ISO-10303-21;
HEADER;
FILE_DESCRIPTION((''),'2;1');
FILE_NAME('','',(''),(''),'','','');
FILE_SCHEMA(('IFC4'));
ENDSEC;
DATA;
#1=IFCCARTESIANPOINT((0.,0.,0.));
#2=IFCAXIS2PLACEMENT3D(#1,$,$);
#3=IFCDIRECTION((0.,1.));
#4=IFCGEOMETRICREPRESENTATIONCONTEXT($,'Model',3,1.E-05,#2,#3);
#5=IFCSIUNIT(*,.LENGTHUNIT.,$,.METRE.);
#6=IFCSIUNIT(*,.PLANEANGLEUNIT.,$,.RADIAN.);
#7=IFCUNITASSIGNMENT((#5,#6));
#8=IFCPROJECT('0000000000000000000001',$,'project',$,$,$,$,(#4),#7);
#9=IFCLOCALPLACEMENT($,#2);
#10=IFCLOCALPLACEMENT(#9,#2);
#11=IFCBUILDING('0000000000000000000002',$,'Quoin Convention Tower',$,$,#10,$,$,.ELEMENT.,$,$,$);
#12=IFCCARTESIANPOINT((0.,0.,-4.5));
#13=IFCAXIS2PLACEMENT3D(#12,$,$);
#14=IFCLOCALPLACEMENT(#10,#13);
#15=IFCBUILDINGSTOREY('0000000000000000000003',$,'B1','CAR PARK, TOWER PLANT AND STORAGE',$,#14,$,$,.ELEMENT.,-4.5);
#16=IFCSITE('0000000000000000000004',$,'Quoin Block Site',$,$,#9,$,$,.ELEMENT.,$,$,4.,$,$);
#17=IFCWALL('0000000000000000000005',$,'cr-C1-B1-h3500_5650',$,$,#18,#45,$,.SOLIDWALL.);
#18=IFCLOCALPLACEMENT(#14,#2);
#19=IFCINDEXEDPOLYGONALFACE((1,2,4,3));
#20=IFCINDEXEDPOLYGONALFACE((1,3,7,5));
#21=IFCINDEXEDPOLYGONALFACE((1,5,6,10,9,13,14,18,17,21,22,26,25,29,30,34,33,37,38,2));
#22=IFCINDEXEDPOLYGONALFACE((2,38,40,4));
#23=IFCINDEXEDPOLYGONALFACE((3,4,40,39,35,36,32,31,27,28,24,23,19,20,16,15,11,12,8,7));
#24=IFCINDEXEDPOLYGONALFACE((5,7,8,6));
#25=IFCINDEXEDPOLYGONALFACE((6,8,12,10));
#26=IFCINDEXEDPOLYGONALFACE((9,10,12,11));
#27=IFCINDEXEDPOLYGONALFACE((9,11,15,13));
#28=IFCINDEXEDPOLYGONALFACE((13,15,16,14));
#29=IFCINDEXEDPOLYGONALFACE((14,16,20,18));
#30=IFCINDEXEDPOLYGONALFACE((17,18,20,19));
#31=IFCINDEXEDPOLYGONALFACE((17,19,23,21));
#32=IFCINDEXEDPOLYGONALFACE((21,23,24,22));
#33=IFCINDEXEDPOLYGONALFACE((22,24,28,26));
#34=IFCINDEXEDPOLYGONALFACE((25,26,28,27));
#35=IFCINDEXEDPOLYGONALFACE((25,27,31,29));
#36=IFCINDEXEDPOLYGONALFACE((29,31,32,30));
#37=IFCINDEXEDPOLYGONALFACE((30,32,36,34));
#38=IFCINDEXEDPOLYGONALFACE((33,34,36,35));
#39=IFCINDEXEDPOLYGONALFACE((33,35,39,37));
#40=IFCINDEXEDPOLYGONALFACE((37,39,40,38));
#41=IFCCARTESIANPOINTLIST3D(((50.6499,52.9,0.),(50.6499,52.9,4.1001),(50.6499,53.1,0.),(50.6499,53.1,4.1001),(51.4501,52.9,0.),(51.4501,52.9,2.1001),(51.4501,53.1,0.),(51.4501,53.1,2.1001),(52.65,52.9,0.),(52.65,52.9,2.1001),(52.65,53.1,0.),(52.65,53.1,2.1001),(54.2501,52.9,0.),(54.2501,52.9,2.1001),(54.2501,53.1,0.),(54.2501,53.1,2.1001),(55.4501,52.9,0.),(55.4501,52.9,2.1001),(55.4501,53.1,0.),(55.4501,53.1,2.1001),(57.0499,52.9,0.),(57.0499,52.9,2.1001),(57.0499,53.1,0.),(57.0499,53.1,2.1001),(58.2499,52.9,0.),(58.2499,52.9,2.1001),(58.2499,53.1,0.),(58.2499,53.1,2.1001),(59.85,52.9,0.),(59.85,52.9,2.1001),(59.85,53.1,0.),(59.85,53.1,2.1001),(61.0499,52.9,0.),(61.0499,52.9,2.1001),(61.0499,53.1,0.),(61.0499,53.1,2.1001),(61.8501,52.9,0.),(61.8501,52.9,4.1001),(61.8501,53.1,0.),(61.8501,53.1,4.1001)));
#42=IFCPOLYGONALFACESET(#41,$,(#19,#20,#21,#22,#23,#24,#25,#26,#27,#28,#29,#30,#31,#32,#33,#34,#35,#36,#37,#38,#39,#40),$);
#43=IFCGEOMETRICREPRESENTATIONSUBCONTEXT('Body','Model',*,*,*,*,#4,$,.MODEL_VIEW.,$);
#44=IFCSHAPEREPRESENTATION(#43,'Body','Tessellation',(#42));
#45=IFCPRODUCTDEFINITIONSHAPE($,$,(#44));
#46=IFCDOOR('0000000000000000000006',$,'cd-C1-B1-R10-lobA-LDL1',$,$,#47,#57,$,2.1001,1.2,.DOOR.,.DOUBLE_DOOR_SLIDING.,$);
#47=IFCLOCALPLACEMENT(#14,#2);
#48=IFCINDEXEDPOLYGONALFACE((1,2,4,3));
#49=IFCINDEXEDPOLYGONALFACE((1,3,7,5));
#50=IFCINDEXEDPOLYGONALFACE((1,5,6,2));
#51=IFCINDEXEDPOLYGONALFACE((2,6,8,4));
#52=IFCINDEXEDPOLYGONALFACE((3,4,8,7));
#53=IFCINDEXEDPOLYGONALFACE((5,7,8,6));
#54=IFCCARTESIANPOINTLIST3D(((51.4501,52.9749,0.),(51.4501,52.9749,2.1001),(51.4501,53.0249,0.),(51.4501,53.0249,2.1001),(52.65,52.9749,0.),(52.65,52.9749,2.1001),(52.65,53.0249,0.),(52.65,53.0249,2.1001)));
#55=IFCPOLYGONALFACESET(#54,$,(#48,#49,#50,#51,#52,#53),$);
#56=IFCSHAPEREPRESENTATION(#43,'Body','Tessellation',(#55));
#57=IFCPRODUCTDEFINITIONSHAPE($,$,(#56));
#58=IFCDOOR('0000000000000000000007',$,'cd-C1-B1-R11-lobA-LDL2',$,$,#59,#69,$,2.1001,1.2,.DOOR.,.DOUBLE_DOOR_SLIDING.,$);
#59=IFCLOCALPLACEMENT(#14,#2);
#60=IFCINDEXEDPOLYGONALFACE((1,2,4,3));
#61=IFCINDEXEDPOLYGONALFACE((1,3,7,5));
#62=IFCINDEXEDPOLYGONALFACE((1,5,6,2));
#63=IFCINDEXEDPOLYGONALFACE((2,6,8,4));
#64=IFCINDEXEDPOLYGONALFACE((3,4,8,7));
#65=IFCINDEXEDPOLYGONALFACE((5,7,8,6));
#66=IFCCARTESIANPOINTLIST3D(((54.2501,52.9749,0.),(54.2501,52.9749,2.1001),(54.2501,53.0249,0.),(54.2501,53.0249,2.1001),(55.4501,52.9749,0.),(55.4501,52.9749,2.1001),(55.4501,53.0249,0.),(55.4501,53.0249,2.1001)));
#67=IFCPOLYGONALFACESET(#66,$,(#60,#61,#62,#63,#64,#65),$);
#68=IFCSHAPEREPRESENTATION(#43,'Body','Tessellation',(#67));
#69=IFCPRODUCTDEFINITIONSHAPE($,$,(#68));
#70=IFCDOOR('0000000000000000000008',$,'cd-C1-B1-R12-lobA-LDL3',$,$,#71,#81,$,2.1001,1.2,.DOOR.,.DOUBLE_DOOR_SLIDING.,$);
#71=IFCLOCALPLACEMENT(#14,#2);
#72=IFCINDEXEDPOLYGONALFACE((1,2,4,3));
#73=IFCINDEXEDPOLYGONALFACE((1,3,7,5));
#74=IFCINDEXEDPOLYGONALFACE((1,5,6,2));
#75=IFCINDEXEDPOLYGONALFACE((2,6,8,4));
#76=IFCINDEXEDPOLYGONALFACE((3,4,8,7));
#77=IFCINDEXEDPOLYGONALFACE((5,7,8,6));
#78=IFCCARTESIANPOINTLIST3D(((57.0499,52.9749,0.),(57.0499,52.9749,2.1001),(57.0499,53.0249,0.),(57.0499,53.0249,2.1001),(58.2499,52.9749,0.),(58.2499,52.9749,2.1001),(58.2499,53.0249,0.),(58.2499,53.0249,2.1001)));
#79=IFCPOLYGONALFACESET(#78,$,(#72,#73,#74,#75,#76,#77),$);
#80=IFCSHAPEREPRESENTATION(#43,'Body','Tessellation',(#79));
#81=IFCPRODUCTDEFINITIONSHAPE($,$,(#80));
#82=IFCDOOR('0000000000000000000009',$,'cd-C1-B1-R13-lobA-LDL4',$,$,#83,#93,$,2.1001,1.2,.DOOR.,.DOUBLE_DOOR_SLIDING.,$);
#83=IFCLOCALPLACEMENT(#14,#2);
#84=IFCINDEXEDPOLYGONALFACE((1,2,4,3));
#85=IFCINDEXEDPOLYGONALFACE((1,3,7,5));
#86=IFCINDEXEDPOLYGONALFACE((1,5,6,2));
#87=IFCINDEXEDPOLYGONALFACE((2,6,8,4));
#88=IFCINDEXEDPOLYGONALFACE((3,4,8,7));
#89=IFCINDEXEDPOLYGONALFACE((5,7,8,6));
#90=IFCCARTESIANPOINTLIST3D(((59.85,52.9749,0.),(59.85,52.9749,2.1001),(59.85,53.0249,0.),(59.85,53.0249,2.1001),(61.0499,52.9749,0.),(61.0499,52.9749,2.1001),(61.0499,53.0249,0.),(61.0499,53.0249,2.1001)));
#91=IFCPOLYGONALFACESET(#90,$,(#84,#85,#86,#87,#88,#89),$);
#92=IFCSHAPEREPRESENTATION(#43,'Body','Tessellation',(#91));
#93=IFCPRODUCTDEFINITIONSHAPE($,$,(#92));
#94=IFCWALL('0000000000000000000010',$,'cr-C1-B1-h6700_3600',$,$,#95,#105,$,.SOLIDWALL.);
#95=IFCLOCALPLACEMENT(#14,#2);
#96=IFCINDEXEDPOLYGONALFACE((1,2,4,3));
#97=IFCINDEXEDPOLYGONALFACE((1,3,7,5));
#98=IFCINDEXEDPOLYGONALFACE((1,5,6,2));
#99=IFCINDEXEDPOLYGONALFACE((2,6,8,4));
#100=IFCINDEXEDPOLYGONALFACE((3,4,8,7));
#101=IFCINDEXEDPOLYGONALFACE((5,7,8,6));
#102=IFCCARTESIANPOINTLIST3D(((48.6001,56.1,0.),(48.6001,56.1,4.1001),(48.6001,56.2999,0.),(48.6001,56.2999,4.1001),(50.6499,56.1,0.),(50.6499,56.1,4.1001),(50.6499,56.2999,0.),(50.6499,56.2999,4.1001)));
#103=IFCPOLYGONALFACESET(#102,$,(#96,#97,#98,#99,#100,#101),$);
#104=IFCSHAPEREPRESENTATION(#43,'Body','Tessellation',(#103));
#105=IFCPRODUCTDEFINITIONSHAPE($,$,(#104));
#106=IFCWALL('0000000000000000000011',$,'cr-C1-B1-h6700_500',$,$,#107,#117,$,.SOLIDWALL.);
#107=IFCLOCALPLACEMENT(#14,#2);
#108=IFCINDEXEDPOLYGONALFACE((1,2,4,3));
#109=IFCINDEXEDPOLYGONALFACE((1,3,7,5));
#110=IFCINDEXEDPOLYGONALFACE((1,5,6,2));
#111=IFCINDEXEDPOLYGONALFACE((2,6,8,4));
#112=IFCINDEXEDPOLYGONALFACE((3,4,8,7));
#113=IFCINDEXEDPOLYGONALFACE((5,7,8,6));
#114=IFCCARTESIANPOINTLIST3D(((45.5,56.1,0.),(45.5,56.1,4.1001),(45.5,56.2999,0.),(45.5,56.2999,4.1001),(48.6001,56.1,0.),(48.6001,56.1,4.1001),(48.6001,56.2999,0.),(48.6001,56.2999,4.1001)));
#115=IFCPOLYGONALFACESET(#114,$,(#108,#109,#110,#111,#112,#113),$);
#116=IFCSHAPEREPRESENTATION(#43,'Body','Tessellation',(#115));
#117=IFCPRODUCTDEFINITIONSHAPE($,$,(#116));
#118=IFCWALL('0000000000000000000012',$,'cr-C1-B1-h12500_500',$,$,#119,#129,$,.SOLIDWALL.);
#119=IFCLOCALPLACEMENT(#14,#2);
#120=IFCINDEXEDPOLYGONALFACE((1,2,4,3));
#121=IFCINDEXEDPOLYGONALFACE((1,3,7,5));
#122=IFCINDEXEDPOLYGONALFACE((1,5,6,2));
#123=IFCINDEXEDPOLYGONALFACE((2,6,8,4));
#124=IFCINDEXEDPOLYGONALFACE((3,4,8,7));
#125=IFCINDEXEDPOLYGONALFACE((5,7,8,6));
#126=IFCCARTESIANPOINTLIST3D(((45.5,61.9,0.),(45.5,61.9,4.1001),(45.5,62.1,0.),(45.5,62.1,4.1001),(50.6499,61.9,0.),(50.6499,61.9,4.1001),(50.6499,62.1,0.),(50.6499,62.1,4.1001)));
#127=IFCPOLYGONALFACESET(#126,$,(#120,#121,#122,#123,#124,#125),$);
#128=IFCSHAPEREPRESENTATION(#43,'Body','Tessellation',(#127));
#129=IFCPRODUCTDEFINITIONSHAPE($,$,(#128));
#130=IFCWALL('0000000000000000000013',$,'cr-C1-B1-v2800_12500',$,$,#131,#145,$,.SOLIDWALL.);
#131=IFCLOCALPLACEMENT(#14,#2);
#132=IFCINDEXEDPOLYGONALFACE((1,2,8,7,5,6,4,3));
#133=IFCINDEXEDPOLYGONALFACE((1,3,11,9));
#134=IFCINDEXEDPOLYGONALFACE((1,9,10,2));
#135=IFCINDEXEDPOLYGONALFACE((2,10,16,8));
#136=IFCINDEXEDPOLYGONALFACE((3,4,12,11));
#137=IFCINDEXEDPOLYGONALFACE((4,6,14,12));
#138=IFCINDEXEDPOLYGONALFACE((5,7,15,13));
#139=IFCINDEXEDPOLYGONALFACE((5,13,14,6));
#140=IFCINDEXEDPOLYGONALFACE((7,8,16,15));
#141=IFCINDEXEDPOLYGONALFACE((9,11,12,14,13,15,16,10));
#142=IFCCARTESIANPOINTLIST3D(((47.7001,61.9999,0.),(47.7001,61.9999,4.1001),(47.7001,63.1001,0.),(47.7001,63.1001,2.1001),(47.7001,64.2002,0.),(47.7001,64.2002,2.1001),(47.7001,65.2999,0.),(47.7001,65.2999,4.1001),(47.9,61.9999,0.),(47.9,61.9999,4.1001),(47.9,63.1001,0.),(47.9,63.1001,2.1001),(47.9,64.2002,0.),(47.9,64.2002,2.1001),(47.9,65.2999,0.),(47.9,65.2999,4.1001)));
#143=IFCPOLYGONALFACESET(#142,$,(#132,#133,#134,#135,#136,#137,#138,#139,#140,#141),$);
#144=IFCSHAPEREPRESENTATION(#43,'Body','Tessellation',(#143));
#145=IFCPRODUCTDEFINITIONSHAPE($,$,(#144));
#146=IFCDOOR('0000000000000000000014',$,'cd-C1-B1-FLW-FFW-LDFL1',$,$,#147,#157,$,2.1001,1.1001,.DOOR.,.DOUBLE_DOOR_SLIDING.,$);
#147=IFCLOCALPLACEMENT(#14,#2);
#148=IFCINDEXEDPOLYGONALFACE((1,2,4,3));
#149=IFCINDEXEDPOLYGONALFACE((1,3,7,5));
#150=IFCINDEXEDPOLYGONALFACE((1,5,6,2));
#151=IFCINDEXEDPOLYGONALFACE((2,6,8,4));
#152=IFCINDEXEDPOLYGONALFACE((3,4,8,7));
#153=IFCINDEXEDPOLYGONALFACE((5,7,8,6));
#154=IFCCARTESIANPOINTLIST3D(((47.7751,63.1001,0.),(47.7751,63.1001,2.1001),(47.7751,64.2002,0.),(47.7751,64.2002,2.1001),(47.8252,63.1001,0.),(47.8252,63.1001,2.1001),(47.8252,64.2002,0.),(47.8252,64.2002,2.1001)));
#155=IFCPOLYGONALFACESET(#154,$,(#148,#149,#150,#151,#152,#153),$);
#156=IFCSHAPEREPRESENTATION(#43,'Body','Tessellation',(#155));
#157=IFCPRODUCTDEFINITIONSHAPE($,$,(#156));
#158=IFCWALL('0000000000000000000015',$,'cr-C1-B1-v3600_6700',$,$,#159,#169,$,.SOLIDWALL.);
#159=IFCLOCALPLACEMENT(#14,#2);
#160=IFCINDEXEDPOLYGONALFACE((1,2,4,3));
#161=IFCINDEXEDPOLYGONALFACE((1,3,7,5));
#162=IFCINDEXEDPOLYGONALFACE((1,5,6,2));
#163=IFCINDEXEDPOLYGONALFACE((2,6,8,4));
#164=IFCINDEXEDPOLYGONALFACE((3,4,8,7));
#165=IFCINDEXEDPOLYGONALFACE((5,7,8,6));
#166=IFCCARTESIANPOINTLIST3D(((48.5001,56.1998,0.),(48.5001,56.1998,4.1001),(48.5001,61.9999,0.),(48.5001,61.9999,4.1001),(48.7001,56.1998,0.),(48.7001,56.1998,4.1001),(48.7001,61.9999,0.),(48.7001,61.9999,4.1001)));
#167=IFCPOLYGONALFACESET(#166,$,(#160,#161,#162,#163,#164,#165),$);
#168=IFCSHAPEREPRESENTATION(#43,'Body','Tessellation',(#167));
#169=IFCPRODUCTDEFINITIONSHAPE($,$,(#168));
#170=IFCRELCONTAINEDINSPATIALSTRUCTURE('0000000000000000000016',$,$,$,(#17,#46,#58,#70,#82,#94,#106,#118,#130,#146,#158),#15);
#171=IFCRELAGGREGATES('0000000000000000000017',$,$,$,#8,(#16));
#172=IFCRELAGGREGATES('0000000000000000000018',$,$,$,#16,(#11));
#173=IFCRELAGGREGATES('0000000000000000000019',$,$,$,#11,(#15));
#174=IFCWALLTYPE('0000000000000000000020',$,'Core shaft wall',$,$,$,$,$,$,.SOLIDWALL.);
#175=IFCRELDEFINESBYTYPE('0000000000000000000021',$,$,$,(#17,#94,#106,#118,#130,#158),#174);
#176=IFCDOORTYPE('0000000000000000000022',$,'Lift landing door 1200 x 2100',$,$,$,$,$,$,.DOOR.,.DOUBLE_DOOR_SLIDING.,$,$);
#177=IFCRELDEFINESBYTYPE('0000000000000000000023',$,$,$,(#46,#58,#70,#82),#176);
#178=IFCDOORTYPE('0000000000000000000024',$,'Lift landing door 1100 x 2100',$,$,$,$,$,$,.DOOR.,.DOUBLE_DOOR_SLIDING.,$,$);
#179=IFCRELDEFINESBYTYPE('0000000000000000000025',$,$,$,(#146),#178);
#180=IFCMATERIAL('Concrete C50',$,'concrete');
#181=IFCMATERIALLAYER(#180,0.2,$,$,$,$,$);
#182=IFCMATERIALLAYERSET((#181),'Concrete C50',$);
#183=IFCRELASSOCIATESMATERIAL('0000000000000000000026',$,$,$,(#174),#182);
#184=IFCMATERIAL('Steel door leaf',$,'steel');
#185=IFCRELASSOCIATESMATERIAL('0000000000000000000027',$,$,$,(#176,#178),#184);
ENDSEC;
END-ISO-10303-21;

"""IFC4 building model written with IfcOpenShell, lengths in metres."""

from ifc_helpers import new_model, si_unit, direction, frame, frame_2d, origin, place, context, subcontext, project, spatial, rectangle, extrude, material, layer, layer_set, type_object, element, fill, save


model = new_model("IFC4")

# Units and contexts
model_context = context("Model", 3, precision=1e-05, world=origin(), true_north=direction((0.0, 1.0)))
body_context = subcontext(model_context, "Body", "Model", "MODEL_VIEW")
ifc_project = project(units=[si_unit("LENGTHUNIT", "METRE"), si_unit("PLANEANGLEUNIT", "RADIAN")], contexts=[model_context])

# Site, building, storey
site_placement = place(None, origin())
site = spatial("IfcSite", under=ifc_project, at=site_placement, Name="Quoin Block Site", CompositionType="ELEMENT", RefElevation=4.0)
building_placement = place(site_placement, origin())
building = spatial("IfcBuilding", under=site, at=building_placement, Name="Quoin Convention Tower", CompositionType="ELEMENT")
storey_placement = place(building_placement, frame((0.0, 0.0, -4.5)))
storey = spatial("IfcBuildingStorey", under=building, at=storey_placement, Name="B1", Description="CAR PARK, TOWER PLANT AND STORAGE", CompositionType="ELEMENT", Elevation=-4.5)

# Shared definitions
ifc_material_1 = material(Name="Steel door leaf", Category="steel")

# Wall, openings, doors
ifc_material_2 = material(Name="Concrete C50", Category="concrete")
ifc_layer_1 = layer(ifc_material_2, 0.2)
ifc_layer_set_1 = layer_set([ifc_layer_1], Name="Concrete C50")
wall_type_1 = type_object("IfcWallType", Name="Core shaft wall", PredefinedType="SOLIDWALL", material=ifc_layer_set_1)
wall_1_placement = place(storey_placement, frame((50.6499, 53.0, 0.0), z_axis=(0.0, 0.0, 1.0), x_axis=(1.0, 0.0, 0.0)))
wall_1 = element("IfcWall", 1, at=wall_1_placement, inside=storey, type_object=wall_type_1, Name="cr-C1-B1-h3500_5650", PredefinedType="SOLIDWALL", context=body_context, shape_type="SweptSolid", body=[
    extrude(rectangle(XDim=11.2002, YDim=0.2, at=frame_2d((5.6001, 0.0))), origin(), (0.0, 0.0, 1.0), 4.1001),
])
opening_1_placement = place(wall_1_placement, frame((0.8, 0.0, 0.0)))
opening_1 = element("IfcOpeningElement", 2, at=opening_1_placement, cuts=wall_1, PredefinedType="OPENING", context=body_context, shape_type="SweptSolid", body=[
    extrude(rectangle(XDim=1.2, YDim=2.1001, at=frame_2d((0.6001, 1.05))), frame((0.0, 0.1099, 0.0), z_axis=(0.0, -1.0, 0.0), x_axis=(1.0, 0.0, 0.0)), (0.0, 0.0, 1.0), 0.22),
])
opening_2_placement = place(wall_1_placement, frame((3.6001, 0.0, 0.0)))
opening_2 = element("IfcOpeningElement", 3, at=opening_2_placement, cuts=wall_1, PredefinedType="OPENING", context=body_context, shape_type="SweptSolid", body=[
    extrude(rectangle(XDim=1.2, YDim=2.1001, at=frame_2d((0.6001, 1.05))), frame((0.0, 0.1099, 0.0), z_axis=(0.0, -1.0, 0.0), x_axis=(1.0, 0.0, 0.0)), (0.0, 0.0, 1.0), 0.22),
])
opening_3_placement = place(wall_1_placement, frame((6.3999, 0.0, 0.0)))
opening_3 = element("IfcOpeningElement", 4, at=opening_3_placement, cuts=wall_1, PredefinedType="OPENING", context=body_context, shape_type="SweptSolid", body=[
    extrude(rectangle(XDim=1.2, YDim=2.1001, at=frame_2d((0.6001, 1.05))), frame((0.0, 0.1099, 0.0), z_axis=(0.0, -1.0, 0.0), x_axis=(1.0, 0.0, 0.0)), (0.0, 0.0, 1.0), 0.22),
])
opening_4_placement = place(wall_1_placement, frame((9.2, 0.0, 0.0)))
opening_4 = element("IfcOpeningElement", 5, at=opening_4_placement, cuts=wall_1, PredefinedType="OPENING", context=body_context, shape_type="SweptSolid", body=[
    extrude(rectangle(XDim=1.2, YDim=2.1001, at=frame_2d((0.6001, 1.05))), frame((0.0, 0.1099, 0.0), z_axis=(0.0, -1.0, 0.0), x_axis=(1.0, 0.0, 0.0)), (0.0, 0.0, 1.0), 0.22),
])
door_type_1 = type_object("IfcDoorType", Name="Lift landing door 1200 x 2100", OperationType="DOUBLE_DOOR_SLIDING", PredefinedType="DOOR", material=ifc_material_1)
door_1_placement = place(opening_1_placement, origin())
door_1 = element("IfcDoor", 6, at=door_1_placement, inside=storey, type_object=door_type_1, Name="cd-C1-B1-R10-lobA-LDL1", OperationType="DOUBLE_DOOR_SLIDING", OverallHeight=2.1001, OverallWidth=1.2, PredefinedType="DOOR", context=body_context, shape_type="SweptSolid", body=[
    extrude(rectangle(XDim=1.2, YDim=2.1001, at=frame_2d((0.6001, 1.05))), frame((0.0, 0.0249, 0.0), z_axis=(0.0, -1.0, 0.0), x_axis=(1.0, 0.0, 0.0)), (0.0, 0.0, 1.0), 0.05),
])
fill(opening_1, door_1)
door_2_placement = place(opening_2_placement, origin())
door_2 = element("IfcDoor", 7, at=door_2_placement, inside=storey, type_object=door_type_1, Name="cd-C1-B1-R11-lobA-LDL2", OperationType="DOUBLE_DOOR_SLIDING", OverallHeight=2.1001, OverallWidth=1.2, PredefinedType="DOOR", context=body_context, shape_type="SweptSolid", body=[
    extrude(rectangle(XDim=1.2, YDim=2.1001, at=frame_2d((0.6001, 1.05))), frame((0.0, 0.0249, 0.0), z_axis=(0.0, -1.0, 0.0), x_axis=(1.0, 0.0, 0.0)), (0.0, 0.0, 1.0), 0.05),
])
fill(opening_2, door_2)
door_3_placement = place(opening_3_placement, origin())
door_3 = element("IfcDoor", 8, at=door_3_placement, inside=storey, type_object=door_type_1, Name="cd-C1-B1-R12-lobA-LDL3", OperationType="DOUBLE_DOOR_SLIDING", OverallHeight=2.1001, OverallWidth=1.2, PredefinedType="DOOR", context=body_context, shape_type="SweptSolid", body=[
    extrude(rectangle(XDim=1.2, YDim=2.1001, at=frame_2d((0.6001, 1.05))), frame((0.0, 0.0249, 0.0), z_axis=(0.0, -1.0, 0.0), x_axis=(1.0, 0.0, 0.0)), (0.0, 0.0, 1.0), 0.05),
])
fill(opening_3, door_3)
door_4_placement = place(opening_4_placement, origin())
door_4 = element("IfcDoor", 9, at=door_4_placement, inside=storey, type_object=door_type_1, Name="cd-C1-B1-R13-lobA-LDL4", OperationType="DOUBLE_DOOR_SLIDING", OverallHeight=2.1001, OverallWidth=1.2, PredefinedType="DOOR", context=body_context, shape_type="SweptSolid", body=[
    extrude(rectangle(XDim=1.2, YDim=2.1001, at=frame_2d((0.6001, 1.05))), frame((0.0, 0.0249, 0.0), z_axis=(0.0, -1.0, 0.0), x_axis=(1.0, 0.0, 0.0)), (0.0, 0.0, 1.0), 0.05),
])
fill(opening_4, door_4)

# Walls
wall_2_placement = place(storey_placement, frame((48.6001, 56.2, 0.0), z_axis=(0.0, 0.0, 1.0), x_axis=(1.0, 0.0, 0.0)))
element("IfcWall", 10, at=wall_2_placement, inside=storey, type_object=wall_type_1, Name="cr-C1-B1-h6700_3600", PredefinedType="SOLIDWALL", context=body_context, shape_type="SweptSolid", body=[
    extrude(rectangle(XDim=2.0498, YDim=0.2, at=frame_2d((1.0249, 0.0))), origin(), (0.0, 0.0, 1.0), 4.1001),
])
wall_3_placement = place(storey_placement, frame((45.5, 56.2, 0.0), z_axis=(0.0, 0.0, 1.0), x_axis=(1.0, 0.0, 0.0)))
element("IfcWall", 11, at=wall_3_placement, inside=storey, type_object=wall_type_1, Name="cr-C1-B1-h6700_500", PredefinedType="SOLIDWALL", context=body_context, shape_type="SweptSolid", body=[
    extrude(rectangle(XDim=3.1001, YDim=0.2, at=frame_2d((1.55, 0.0))), origin(), (0.0, 0.0, 1.0), 4.1001),
])
wall_4_placement = place(storey_placement, frame((45.5, 62.0, 0.0), z_axis=(0.0, 0.0, 1.0), x_axis=(1.0, 0.0, 0.0)))
element("IfcWall", 12, at=wall_4_placement, inside=storey, type_object=wall_type_1, Name="cr-C1-B1-h12500_500", PredefinedType="SOLIDWALL", context=body_context, shape_type="SweptSolid", body=[
    extrude(rectangle(XDim=5.1499, YDim=0.2, at=frame_2d((2.575, 0.0))), origin(), (0.0, 0.0, 1.0), 4.1001),
])

# Wall, opening, door
wall_5_placement = place(storey_placement, frame((47.8, 62.0, 0.0), z_axis=(0.0, 0.0, 1.0), x_axis=(0.0, 1.0, 0.0)))
wall_5 = element("IfcWall", 13, at=wall_5_placement, inside=storey, type_object=wall_type_1, Name="cr-C1-B1-v2800_12500", PredefinedType="SOLIDWALL", context=body_context, shape_type="SweptSolid", body=[
    extrude(rectangle(XDim=3.3, YDim=0.2, at=frame_2d((1.6499, 0.0))), origin(), (0.0, 0.0, 1.0), 4.1001),
])
opening_5_placement = place(wall_5_placement, frame((1.1001, 0.0, 0.0)))
opening_5 = element("IfcOpeningElement", 14, at=opening_5_placement, cuts=wall_5, PredefinedType="OPENING", context=body_context, shape_type="SweptSolid", body=[
    extrude(rectangle(XDim=1.1001, YDim=2.1001, at=frame_2d((0.55, 1.05))), frame((0.0, 0.1099, 0.0), z_axis=(0.0, -1.0, 0.0), x_axis=(1.0, 0.0, 0.0)), (0.0, 0.0, 1.0), 0.22),
])
door_type_2 = type_object("IfcDoorType", Name="Lift landing door 1100 x 2100", OperationType="DOUBLE_DOOR_SLIDING", PredefinedType="DOOR", material=ifc_material_1)
door_5_placement = place(opening_5_placement, origin())
door_5 = element("IfcDoor", 15, at=door_5_placement, inside=storey, type_object=door_type_2, Name="cd-C1-B1-FLW-FFW-LDFL1", OperationType="DOUBLE_DOOR_SLIDING", OverallHeight=2.1001, OverallWidth=1.1001, PredefinedType="DOOR", context=body_context, shape_type="SweptSolid", body=[
    extrude(rectangle(XDim=1.1001, YDim=2.1001, at=frame_2d((0.55, 1.05))), frame((0.0, 0.0249, 0.0), z_axis=(0.0, -1.0, 0.0), x_axis=(1.0, 0.0, 0.0)), (0.0, 0.0, 1.0), 0.05),
])
fill(opening_5, door_5)

# Wall
wall_6_placement = place(storey_placement, frame((48.6001, 56.2, 0.0), z_axis=(0.0, 0.0, 1.0), x_axis=(0.0, 1.0, 0.0)))
element("IfcWall", 16, at=wall_6_placement, inside=storey, type_object=wall_type_1, Name="cr-C1-B1-v3600_6700", PredefinedType="SOLIDWALL", context=body_context, shape_type="SweptSolid", body=[
    extrude(rectangle(XDim=5.8, YDim=0.2, at=frame_2d((2.8999, 0.0))), origin(), (0.0, 0.0, 1.0), 4.1001),
])

save(model, "model.ifc")
